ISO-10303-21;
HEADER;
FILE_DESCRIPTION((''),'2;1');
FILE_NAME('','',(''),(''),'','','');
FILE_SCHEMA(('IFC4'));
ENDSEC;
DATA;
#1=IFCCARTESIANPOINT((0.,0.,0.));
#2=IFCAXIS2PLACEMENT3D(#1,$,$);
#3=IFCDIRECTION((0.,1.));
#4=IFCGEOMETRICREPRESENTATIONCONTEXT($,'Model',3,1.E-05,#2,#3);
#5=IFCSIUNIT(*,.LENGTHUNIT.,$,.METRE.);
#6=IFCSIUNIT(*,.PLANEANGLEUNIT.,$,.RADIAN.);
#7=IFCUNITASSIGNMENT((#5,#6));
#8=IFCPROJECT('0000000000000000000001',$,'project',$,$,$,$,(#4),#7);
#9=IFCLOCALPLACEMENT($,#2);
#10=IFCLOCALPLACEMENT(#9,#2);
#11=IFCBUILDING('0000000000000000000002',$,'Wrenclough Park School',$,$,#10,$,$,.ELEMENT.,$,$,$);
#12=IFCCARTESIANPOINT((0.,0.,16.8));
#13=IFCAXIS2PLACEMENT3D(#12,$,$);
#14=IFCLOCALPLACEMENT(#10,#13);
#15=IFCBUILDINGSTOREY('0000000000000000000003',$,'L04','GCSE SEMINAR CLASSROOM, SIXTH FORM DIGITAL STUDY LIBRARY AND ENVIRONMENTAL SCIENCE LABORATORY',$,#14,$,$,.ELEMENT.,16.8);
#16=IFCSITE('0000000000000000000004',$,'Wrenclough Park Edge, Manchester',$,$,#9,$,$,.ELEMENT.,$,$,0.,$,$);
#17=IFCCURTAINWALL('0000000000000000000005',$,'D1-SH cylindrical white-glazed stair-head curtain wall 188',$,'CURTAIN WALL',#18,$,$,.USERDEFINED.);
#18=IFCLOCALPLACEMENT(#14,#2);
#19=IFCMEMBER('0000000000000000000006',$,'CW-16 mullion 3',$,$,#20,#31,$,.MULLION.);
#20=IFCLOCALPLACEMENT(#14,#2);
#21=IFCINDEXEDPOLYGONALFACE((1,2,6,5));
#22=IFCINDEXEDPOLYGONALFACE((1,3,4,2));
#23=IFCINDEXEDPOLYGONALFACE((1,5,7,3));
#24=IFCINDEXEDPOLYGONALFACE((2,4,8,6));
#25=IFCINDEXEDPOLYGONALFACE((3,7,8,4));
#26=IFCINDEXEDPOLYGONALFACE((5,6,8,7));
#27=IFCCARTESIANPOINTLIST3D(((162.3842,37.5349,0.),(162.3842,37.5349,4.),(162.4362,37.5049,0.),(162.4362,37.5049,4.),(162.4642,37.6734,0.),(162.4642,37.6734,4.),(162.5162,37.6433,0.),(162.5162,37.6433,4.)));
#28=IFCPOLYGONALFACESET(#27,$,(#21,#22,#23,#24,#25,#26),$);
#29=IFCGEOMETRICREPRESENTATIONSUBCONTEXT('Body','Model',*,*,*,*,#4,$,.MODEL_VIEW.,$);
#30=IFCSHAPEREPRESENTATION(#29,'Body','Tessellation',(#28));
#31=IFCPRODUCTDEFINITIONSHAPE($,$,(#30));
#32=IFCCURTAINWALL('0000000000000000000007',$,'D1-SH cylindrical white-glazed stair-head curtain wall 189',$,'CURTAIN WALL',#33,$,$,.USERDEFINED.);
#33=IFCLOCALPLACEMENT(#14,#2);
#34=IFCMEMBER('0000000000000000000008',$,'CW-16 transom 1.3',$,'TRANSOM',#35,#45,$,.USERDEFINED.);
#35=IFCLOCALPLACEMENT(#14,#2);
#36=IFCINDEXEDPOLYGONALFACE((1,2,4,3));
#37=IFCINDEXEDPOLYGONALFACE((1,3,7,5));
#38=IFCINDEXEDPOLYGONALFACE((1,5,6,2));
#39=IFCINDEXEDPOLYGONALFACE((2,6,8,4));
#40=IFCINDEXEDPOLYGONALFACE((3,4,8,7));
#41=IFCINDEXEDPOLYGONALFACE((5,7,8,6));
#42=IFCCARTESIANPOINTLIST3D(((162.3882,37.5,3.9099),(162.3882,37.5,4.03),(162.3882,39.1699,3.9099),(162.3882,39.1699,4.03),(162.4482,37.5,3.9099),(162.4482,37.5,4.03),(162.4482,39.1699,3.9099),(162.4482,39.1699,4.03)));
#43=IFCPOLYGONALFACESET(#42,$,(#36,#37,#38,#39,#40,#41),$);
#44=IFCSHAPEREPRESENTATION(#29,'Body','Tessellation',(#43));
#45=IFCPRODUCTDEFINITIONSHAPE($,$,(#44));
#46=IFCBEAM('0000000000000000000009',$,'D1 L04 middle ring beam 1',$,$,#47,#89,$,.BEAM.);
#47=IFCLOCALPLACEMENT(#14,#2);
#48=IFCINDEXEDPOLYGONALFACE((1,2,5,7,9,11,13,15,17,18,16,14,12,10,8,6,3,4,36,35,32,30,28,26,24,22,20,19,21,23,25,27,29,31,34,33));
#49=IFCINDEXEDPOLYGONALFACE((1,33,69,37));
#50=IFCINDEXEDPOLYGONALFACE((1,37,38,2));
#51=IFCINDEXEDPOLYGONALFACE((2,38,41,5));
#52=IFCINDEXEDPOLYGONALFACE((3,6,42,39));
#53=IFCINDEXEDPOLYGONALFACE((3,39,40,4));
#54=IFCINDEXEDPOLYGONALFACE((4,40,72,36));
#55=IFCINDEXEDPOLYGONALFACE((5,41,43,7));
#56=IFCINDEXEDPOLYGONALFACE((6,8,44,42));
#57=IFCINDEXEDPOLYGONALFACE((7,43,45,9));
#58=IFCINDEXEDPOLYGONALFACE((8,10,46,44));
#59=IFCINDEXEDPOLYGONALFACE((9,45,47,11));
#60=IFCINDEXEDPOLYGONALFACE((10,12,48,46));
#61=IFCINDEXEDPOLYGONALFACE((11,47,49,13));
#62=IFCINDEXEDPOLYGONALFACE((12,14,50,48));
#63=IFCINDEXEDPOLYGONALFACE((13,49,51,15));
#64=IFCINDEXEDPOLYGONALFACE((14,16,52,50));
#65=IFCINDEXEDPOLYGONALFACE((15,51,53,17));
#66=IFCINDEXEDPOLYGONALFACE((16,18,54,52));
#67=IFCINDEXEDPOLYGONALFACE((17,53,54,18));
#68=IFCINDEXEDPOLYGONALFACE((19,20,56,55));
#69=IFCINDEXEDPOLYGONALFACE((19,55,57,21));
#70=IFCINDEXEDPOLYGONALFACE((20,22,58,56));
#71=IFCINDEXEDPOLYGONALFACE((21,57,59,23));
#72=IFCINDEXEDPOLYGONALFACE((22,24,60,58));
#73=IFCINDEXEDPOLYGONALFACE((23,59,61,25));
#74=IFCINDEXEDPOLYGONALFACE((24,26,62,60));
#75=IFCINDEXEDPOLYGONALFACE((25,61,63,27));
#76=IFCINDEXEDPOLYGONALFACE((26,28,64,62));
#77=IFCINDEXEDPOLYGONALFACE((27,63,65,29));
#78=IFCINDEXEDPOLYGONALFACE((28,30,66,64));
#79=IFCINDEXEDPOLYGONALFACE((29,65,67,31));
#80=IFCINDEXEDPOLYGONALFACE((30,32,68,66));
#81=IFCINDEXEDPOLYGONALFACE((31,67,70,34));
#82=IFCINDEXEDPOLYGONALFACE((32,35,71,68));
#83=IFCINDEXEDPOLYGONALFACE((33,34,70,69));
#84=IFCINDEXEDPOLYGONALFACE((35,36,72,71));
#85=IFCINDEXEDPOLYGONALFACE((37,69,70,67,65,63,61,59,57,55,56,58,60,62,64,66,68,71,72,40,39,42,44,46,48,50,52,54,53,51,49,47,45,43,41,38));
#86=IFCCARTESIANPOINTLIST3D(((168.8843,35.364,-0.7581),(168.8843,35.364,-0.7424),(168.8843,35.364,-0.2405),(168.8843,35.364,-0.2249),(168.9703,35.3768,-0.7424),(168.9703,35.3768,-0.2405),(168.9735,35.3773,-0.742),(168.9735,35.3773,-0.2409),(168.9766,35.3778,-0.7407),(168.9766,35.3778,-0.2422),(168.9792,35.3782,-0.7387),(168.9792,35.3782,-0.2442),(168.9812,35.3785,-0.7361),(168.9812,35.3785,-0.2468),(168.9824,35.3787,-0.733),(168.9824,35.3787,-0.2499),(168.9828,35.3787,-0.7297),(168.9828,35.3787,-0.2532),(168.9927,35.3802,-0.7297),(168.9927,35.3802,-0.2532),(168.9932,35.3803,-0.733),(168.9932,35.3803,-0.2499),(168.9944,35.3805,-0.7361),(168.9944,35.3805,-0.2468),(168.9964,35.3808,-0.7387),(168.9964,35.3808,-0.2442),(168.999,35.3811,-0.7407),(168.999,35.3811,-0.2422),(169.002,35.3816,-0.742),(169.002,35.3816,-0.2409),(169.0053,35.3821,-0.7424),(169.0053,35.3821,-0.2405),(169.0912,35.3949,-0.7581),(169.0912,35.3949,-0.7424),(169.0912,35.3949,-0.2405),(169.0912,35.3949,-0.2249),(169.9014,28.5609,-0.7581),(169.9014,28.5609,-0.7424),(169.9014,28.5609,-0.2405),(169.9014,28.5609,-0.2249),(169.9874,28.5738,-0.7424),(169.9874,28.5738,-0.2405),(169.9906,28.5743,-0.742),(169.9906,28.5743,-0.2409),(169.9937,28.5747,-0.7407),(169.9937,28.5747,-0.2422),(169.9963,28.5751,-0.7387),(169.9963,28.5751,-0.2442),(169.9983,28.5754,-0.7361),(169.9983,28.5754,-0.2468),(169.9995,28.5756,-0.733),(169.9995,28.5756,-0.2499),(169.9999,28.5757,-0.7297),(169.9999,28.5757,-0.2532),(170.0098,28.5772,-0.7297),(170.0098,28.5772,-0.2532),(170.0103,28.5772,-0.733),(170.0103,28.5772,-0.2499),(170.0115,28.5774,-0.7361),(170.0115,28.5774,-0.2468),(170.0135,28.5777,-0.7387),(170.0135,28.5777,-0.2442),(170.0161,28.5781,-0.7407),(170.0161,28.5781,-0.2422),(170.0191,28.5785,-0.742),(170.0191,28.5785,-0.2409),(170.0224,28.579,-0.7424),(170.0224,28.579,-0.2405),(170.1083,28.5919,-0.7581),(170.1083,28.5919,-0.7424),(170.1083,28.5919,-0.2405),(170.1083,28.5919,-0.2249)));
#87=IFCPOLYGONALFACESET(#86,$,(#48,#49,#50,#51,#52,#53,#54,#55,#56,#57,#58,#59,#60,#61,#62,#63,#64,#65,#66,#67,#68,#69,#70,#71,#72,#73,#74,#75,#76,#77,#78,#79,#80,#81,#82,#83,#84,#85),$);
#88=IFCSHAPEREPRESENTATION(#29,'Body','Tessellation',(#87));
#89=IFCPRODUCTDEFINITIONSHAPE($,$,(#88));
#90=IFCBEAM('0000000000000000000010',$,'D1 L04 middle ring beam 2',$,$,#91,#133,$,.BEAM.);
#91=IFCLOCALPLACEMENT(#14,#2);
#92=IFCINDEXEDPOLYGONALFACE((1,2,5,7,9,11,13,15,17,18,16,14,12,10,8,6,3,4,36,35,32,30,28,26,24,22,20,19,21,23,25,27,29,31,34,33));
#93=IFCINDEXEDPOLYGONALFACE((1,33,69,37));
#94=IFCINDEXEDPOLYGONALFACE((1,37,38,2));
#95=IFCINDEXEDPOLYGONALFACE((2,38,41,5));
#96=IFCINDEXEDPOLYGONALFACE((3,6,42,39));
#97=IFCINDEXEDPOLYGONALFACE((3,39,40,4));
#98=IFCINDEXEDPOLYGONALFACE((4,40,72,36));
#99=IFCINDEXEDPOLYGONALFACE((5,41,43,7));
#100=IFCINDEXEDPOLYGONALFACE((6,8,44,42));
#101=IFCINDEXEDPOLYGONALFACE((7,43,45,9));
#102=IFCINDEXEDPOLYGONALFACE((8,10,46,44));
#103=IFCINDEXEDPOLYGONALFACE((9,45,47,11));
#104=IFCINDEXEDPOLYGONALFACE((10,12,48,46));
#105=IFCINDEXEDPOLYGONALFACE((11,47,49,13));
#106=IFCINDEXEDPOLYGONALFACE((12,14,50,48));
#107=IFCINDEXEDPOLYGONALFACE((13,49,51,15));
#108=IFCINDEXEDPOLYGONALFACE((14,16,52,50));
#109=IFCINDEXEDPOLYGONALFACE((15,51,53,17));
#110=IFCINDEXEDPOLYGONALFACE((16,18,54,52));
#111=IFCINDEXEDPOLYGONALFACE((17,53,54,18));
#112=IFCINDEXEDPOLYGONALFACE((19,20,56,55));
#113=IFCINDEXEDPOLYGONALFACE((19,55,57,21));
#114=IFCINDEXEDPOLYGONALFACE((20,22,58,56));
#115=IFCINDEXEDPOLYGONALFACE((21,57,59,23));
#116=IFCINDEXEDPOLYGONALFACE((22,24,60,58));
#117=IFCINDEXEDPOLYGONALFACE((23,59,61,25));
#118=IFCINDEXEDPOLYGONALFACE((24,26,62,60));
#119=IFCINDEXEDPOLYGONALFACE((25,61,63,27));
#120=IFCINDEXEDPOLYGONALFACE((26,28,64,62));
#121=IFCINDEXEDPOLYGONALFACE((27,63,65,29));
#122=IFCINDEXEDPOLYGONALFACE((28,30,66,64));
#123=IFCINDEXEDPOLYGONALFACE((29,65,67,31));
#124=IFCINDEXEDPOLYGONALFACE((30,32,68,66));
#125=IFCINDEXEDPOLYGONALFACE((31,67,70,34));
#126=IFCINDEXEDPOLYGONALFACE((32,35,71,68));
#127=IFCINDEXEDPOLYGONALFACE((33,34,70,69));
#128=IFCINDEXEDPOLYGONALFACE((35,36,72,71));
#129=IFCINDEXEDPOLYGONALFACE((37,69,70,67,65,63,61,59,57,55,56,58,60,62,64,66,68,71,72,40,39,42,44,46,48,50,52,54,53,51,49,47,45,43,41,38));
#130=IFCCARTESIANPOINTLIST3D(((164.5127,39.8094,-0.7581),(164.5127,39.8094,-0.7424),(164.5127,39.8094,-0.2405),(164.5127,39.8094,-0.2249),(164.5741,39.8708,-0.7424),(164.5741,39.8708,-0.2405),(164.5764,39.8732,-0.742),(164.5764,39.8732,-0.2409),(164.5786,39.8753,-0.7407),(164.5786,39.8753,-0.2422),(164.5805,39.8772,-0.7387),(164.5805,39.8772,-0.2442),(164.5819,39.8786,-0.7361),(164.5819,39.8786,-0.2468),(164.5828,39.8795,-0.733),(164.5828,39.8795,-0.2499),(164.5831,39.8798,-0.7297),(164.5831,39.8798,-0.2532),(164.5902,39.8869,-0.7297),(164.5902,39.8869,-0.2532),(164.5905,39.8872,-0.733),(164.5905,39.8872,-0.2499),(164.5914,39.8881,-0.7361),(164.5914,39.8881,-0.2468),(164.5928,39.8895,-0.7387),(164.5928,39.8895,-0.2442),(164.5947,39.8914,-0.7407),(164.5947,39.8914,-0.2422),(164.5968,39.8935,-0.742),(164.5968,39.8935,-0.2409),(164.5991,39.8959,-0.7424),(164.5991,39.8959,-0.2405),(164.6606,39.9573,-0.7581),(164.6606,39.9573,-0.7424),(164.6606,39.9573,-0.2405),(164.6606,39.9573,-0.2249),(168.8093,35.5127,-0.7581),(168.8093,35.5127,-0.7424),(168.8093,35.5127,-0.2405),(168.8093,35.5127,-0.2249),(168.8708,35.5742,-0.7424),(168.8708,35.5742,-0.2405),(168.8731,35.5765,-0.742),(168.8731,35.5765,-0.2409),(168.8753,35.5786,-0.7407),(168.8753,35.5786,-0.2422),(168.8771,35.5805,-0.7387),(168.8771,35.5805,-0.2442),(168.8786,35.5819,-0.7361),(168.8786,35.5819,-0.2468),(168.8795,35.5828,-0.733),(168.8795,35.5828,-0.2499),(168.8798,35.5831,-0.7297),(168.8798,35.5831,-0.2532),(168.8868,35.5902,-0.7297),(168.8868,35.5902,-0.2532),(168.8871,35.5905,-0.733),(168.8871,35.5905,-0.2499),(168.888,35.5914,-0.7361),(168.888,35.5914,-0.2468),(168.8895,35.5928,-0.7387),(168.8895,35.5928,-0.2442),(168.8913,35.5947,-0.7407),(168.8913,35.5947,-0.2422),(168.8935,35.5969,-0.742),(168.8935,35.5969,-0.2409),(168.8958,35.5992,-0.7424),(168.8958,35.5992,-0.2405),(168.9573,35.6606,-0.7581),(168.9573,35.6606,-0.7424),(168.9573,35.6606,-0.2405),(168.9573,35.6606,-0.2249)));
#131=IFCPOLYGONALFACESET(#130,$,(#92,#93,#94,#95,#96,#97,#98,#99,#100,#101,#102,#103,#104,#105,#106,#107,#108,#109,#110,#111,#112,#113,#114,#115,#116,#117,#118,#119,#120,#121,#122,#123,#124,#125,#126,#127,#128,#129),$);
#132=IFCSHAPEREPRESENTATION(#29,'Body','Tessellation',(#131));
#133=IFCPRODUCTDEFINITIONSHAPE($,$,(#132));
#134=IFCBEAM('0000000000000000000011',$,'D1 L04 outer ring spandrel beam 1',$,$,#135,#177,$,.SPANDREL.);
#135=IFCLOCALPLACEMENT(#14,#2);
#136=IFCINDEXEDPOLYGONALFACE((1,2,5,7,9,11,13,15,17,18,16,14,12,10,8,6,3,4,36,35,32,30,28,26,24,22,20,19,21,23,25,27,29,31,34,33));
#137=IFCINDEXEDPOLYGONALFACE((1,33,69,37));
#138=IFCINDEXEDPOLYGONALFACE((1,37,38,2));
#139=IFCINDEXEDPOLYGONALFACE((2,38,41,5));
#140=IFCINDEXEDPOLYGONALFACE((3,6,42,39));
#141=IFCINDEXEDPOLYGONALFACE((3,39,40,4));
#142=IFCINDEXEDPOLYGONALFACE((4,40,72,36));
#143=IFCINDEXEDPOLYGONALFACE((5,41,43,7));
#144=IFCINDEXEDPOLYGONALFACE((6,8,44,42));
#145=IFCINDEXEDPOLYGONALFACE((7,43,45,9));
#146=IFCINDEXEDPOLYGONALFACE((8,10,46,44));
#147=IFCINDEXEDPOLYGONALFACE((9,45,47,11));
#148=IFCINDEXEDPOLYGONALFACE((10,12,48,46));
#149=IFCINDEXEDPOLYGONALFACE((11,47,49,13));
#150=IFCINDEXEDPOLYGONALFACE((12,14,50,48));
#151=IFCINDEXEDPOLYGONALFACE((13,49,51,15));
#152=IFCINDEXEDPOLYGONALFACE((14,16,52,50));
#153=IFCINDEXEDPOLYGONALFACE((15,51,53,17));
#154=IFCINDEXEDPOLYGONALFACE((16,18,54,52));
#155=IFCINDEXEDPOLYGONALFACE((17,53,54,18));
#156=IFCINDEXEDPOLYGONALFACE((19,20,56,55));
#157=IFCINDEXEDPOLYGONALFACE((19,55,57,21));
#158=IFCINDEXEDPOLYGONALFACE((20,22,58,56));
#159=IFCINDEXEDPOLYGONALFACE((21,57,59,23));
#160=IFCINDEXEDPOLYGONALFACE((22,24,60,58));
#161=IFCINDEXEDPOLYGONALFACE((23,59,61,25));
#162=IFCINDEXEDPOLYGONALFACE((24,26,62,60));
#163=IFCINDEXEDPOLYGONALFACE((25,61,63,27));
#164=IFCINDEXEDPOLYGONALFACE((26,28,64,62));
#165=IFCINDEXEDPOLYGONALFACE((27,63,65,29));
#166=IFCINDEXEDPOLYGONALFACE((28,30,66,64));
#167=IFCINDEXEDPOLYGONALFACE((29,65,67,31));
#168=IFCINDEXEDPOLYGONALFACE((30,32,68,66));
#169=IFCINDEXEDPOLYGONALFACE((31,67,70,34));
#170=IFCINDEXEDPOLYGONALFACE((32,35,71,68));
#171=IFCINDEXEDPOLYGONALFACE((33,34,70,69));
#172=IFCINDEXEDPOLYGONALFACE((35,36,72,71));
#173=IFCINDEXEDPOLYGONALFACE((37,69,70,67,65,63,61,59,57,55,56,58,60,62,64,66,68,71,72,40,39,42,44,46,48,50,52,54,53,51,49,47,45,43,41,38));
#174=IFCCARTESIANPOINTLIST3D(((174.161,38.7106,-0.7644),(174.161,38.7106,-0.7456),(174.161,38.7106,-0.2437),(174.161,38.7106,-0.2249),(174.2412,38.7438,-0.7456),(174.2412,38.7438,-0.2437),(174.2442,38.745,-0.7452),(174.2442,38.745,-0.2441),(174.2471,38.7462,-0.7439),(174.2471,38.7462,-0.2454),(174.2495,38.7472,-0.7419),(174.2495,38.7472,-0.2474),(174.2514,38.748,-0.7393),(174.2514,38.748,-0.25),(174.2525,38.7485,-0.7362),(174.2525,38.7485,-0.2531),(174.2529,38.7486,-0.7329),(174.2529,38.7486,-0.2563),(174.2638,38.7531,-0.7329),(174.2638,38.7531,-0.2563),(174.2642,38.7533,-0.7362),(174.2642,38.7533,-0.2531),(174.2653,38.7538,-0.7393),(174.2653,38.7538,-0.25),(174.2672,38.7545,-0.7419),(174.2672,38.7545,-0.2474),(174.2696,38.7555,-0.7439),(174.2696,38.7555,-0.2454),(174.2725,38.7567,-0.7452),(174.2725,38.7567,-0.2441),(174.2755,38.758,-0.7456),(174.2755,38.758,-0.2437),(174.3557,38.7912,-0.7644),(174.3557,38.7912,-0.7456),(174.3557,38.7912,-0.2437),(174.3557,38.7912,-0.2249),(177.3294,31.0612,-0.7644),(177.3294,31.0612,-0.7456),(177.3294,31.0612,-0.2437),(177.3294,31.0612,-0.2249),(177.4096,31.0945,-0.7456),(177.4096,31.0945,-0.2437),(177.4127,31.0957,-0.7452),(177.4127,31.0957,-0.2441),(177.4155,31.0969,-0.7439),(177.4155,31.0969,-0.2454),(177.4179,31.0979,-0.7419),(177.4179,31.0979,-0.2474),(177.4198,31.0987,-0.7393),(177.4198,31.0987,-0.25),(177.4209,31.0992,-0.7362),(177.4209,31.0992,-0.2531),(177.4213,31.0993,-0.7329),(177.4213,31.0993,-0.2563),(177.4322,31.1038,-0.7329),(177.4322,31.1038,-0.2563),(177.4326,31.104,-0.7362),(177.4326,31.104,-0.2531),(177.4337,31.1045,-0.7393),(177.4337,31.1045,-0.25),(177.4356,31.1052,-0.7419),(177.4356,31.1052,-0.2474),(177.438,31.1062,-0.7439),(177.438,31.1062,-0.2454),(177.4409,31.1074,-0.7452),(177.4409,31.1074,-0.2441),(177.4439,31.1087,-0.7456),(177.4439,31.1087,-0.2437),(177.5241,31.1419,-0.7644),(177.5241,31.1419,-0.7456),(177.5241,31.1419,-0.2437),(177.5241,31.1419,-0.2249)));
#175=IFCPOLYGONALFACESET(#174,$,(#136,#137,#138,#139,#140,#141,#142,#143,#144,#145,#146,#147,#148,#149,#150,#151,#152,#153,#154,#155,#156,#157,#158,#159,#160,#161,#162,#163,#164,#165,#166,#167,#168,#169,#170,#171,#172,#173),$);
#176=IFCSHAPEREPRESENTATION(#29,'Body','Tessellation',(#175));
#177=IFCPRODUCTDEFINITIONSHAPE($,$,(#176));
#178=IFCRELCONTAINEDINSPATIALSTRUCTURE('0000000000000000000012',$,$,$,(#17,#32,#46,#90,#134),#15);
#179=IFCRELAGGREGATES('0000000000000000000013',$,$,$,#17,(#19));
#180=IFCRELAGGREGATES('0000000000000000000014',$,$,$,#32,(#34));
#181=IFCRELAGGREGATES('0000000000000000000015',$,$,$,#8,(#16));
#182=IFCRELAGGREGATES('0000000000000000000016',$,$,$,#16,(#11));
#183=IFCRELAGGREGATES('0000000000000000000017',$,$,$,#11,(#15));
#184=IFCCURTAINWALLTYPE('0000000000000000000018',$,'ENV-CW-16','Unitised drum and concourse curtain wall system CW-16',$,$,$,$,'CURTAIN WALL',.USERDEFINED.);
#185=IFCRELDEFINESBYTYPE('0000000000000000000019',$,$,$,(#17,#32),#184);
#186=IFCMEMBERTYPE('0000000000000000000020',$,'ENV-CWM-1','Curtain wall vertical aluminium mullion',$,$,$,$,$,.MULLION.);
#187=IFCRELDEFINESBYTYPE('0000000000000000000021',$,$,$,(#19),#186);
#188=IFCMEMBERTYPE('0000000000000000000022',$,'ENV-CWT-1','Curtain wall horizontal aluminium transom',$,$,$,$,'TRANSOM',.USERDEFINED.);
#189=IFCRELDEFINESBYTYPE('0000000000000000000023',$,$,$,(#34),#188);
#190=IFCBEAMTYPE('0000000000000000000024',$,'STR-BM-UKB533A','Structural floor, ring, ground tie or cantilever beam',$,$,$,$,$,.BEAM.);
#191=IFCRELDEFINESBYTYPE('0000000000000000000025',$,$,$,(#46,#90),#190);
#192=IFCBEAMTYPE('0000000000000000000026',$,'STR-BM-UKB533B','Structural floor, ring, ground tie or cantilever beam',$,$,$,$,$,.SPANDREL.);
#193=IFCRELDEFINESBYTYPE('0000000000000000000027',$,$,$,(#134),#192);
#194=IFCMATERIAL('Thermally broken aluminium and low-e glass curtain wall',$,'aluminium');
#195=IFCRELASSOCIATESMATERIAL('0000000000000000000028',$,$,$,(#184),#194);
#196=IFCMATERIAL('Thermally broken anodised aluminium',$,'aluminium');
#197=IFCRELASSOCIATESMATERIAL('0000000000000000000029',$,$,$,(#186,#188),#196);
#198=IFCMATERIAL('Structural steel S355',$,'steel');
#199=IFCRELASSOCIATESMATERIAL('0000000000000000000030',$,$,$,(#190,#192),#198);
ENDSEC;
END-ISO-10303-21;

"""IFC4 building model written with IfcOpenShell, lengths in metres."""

from ifc_helpers import new_model, si_unit, direction, frame, origin, origin_2d, place, context, subcontext, project, spatial, rectangle, i_section, extrude, material, material_profile, profile_set, type_object, element, aggregate, save


model = new_model("IFC4")

# Units and contexts
model_context = context("Model", 3, precision=1e-05, world=origin(), true_north=direction((0.0, 1.0)))
body_context = subcontext(model_context, "Body", "Model", "MODEL_VIEW")
ifc_project = project(units=[si_unit("LENGTHUNIT", "METRE"), si_unit("PLANEANGLEUNIT", "RADIAN")], contexts=[model_context])

# Site, building, storey
site_placement = place(None, origin())
site = spatial("IfcSite", under=ifc_project, at=site_placement, Name="Wrenclough Park Edge, Manchester", CompositionType="ELEMENT", RefElevation=0.0)
building_placement = place(site_placement, origin())
building = spatial("IfcBuilding", under=site, at=building_placement, Name="Wrenclough Park School", CompositionType="ELEMENT")
storey_placement = place(building_placement, frame((0.0, 0.0, 16.8)))
storey = spatial("IfcBuildingStorey", under=building, at=storey_placement, Name="L04", Description="GCSE SEMINAR CLASSROOM, SIXTH FORM DIGITAL STUDY LIBRARY AND ENVIRONMENTAL SCIENCE LABORATORY", CompositionType="ELEMENT", Elevation=16.8)

# Curtain walls, members
ifc_material_1 = material(Name="Thermally broken aluminium and low-e glass curtain wall", Category="aluminium")
curtain_wall_type = type_object("IfcCurtainWallType", Name="ENV-CW-16", Description="Unitised drum and concourse curtain wall system CW-16", ElementType="CURTAIN WALL", PredefinedType="USERDEFINED", material=ifc_material_1)
curtain_wall_1_placement = place(storey_placement, origin())
curtain_wall_1 = element("IfcCurtainWall", 1, at=curtain_wall_1_placement, inside=storey, type_object=curtain_wall_type, Name="D1-SH cylindrical white-glazed stair-head curtain wall 188", ObjectType="CURTAIN WALL", PredefinedType="USERDEFINED")
ifc_material_2 = material(Name="Thermally broken anodised aluminium", Category="aluminium")
ifc_material_profile_1 = material_profile(ifc_material_2, rectangle(XDim=0.0601, YDim=0.1599, at=origin_2d()), Name="AL MULLION 60x160")
ifc_profile_set_1 = profile_set([ifc_material_profile_1], Name="Thermally broken anodised aluminium")
member_type_1 = type_object("IfcMemberType", Name="ENV-CWM-1", Description="Curtain wall vertical aluminium mullion", PredefinedType="MULLION", material=ifc_profile_set_1)
member_1_placement = place(storey_placement, frame((162.4502, 37.5891, 0.0), z_axis=(0.0, 0.0, 1.0), x_axis=(-0.866017, 0.500015, 0.0)))
member_1 = element("IfcMember", 2, at=member_1_placement, type_object=member_type_1, Name="CW-16 mullion 3", PredefinedType="MULLION", context=body_context, shape_type="SweptSolid", body=[
    extrude(rectangle(XDim=0.0601, YDim=0.1599, at=origin_2d()), origin(), (0.0, 0.0, 1.0), 4.0),
])
aggregate(curtain_wall_1, [member_1])
curtain_wall_2_placement = place(storey_placement, origin())
curtain_wall_2 = element("IfcCurtainWall", 3, at=curtain_wall_2_placement, inside=storey, type_object=curtain_wall_type, Name="D1-SH cylindrical white-glazed stair-head curtain wall 189", ObjectType="CURTAIN WALL", PredefinedType="USERDEFINED")
ifc_material_profile_2 = material_profile(ifc_material_2, rectangle(XDim=0.0601, YDim=0.1201, at=origin_2d()), Name="AL TRANSOM 60x120")
ifc_profile_set_2 = profile_set([ifc_material_profile_2], Name="Thermally broken anodised aluminium")
member_type_2 = type_object("IfcMemberType", Name="ENV-CWT-1", Description="Curtain wall horizontal aluminium transom", ElementType="TRANSOM", PredefinedType="USERDEFINED", material=ifc_profile_set_2)
member_2_placement = place(storey_placement, frame((162.4182, 37.5, 3.97), z_axis=(0.0, 1.0, 0.0), x_axis=(-1.0, 0.0, 0.0)))
member_2 = element("IfcMember", 4, at=member_2_placement, type_object=member_type_2, Name="CW-16 transom 1.3", ObjectType="TRANSOM", PredefinedType="USERDEFINED", context=body_context, shape_type="SweptSolid", body=[
    extrude(rectangle(XDim=0.0601, YDim=0.1201, at=origin_2d()), origin(), (0.0, 0.0, 1.0), 1.6699),
])
aggregate(curtain_wall_2, [member_2])

# Beams
ifc_material_3 = material(Name="Structural steel S355", Category="steel")
ifc_material_profile_3 = material_profile(ifc_material_3, i_section(OverallWidth=0.2092, OverallDepth=0.5332, WebThickness=0.01, FlangeThickness=0.0156, FilletRadius=0.0127, at=origin_2d()), Name="UKB 533x210x92")
ifc_profile_set_3 = profile_set([ifc_material_profile_3], Name="Structural steel S355")
beam_type_1 = type_object("IfcBeamType", Name="STR-BM-UKB533A", Description="Structural floor, ring, ground tie or cantilever beam", PredefinedType="BEAM", material=ifc_profile_set_3)
beam_1_placement = place(storey_placement, frame((170.0049, 28.5764, -0.4915), z_axis=(-0.147863, 0.989008, 0.0), x_axis=(-0.989008, -0.147863, 0.0)))
element("IfcBeam", 5, at=beam_1_placement, inside=storey, type_object=beam_type_1, Name="D1 L04 middle ring beam 1", PredefinedType="BEAM", context=body_context, shape_type="SweptSolid", body=[
    extrude(i_section(OverallWidth=0.2092, OverallDepth=0.5332, WebThickness=0.01, FlangeThickness=0.0156, FilletRadius=0.0127, at=origin_2d()), origin(), (0.0, 0.0, 1.0), 6.8787),
])
beam_2_placement = place(storey_placement, frame((168.8833, 35.5867, -0.4915), z_axis=(-0.707107, 0.707107, 0.0), x_axis=(-0.707107, -0.707107, 0.0)))
element("IfcBeam", 6, at=beam_2_placement, inside=storey, type_object=beam_type_1, Name="D1 L04 middle ring beam 2", PredefinedType="BEAM", context=body_context, shape_type="SweptSolid", body=[
    extrude(i_section(OverallWidth=0.2092, OverallDepth=0.5332, WebThickness=0.01, FlangeThickness=0.0156, FilletRadius=0.0127, at=origin_2d()), origin(), (0.0, 0.0, 1.0), 6.0764),
])
ifc_material_profile_4 = material_profile(ifc_material_3, i_section(OverallWidth=0.2107, OverallDepth=0.5396, WebThickness=0.0117, FlangeThickness=0.0188, FilletRadius=0.0127, at=origin_2d()), Name="UKB 533x210x109")
ifc_profile_set_4 = profile_set([ifc_material_profile_4], Name="Structural steel S355")
beam_type_2 = type_object("IfcBeamType", Name="STR-BM-UKB533B", Description="Structural floor, ring, ground tie or cantilever beam", PredefinedType="SPANDREL", material=ifc_profile_set_4)
beam_3_placement = place(storey_placement, frame((177.4268, 31.1016, -0.4946), z_axis=(-0.38268, 0.923881, 0.0), x_axis=(-0.923881, -0.38268, 0.0)))
element("IfcBeam", 7, at=beam_3_placement, inside=storey, type_object=beam_type_2, Name="D1 L04 outer ring spandrel beam 1", PredefinedType="SPANDREL", context=body_context, shape_type="SweptSolid", body=[
    extrude(i_section(OverallWidth=0.2107, OverallDepth=0.5396, WebThickness=0.0117, FlangeThickness=0.0188, FilletRadius=0.0127, at=origin_2d()), origin(), (0.0, 0.0, 1.0), 8.2795),
])

save(model, "model.ifc")
